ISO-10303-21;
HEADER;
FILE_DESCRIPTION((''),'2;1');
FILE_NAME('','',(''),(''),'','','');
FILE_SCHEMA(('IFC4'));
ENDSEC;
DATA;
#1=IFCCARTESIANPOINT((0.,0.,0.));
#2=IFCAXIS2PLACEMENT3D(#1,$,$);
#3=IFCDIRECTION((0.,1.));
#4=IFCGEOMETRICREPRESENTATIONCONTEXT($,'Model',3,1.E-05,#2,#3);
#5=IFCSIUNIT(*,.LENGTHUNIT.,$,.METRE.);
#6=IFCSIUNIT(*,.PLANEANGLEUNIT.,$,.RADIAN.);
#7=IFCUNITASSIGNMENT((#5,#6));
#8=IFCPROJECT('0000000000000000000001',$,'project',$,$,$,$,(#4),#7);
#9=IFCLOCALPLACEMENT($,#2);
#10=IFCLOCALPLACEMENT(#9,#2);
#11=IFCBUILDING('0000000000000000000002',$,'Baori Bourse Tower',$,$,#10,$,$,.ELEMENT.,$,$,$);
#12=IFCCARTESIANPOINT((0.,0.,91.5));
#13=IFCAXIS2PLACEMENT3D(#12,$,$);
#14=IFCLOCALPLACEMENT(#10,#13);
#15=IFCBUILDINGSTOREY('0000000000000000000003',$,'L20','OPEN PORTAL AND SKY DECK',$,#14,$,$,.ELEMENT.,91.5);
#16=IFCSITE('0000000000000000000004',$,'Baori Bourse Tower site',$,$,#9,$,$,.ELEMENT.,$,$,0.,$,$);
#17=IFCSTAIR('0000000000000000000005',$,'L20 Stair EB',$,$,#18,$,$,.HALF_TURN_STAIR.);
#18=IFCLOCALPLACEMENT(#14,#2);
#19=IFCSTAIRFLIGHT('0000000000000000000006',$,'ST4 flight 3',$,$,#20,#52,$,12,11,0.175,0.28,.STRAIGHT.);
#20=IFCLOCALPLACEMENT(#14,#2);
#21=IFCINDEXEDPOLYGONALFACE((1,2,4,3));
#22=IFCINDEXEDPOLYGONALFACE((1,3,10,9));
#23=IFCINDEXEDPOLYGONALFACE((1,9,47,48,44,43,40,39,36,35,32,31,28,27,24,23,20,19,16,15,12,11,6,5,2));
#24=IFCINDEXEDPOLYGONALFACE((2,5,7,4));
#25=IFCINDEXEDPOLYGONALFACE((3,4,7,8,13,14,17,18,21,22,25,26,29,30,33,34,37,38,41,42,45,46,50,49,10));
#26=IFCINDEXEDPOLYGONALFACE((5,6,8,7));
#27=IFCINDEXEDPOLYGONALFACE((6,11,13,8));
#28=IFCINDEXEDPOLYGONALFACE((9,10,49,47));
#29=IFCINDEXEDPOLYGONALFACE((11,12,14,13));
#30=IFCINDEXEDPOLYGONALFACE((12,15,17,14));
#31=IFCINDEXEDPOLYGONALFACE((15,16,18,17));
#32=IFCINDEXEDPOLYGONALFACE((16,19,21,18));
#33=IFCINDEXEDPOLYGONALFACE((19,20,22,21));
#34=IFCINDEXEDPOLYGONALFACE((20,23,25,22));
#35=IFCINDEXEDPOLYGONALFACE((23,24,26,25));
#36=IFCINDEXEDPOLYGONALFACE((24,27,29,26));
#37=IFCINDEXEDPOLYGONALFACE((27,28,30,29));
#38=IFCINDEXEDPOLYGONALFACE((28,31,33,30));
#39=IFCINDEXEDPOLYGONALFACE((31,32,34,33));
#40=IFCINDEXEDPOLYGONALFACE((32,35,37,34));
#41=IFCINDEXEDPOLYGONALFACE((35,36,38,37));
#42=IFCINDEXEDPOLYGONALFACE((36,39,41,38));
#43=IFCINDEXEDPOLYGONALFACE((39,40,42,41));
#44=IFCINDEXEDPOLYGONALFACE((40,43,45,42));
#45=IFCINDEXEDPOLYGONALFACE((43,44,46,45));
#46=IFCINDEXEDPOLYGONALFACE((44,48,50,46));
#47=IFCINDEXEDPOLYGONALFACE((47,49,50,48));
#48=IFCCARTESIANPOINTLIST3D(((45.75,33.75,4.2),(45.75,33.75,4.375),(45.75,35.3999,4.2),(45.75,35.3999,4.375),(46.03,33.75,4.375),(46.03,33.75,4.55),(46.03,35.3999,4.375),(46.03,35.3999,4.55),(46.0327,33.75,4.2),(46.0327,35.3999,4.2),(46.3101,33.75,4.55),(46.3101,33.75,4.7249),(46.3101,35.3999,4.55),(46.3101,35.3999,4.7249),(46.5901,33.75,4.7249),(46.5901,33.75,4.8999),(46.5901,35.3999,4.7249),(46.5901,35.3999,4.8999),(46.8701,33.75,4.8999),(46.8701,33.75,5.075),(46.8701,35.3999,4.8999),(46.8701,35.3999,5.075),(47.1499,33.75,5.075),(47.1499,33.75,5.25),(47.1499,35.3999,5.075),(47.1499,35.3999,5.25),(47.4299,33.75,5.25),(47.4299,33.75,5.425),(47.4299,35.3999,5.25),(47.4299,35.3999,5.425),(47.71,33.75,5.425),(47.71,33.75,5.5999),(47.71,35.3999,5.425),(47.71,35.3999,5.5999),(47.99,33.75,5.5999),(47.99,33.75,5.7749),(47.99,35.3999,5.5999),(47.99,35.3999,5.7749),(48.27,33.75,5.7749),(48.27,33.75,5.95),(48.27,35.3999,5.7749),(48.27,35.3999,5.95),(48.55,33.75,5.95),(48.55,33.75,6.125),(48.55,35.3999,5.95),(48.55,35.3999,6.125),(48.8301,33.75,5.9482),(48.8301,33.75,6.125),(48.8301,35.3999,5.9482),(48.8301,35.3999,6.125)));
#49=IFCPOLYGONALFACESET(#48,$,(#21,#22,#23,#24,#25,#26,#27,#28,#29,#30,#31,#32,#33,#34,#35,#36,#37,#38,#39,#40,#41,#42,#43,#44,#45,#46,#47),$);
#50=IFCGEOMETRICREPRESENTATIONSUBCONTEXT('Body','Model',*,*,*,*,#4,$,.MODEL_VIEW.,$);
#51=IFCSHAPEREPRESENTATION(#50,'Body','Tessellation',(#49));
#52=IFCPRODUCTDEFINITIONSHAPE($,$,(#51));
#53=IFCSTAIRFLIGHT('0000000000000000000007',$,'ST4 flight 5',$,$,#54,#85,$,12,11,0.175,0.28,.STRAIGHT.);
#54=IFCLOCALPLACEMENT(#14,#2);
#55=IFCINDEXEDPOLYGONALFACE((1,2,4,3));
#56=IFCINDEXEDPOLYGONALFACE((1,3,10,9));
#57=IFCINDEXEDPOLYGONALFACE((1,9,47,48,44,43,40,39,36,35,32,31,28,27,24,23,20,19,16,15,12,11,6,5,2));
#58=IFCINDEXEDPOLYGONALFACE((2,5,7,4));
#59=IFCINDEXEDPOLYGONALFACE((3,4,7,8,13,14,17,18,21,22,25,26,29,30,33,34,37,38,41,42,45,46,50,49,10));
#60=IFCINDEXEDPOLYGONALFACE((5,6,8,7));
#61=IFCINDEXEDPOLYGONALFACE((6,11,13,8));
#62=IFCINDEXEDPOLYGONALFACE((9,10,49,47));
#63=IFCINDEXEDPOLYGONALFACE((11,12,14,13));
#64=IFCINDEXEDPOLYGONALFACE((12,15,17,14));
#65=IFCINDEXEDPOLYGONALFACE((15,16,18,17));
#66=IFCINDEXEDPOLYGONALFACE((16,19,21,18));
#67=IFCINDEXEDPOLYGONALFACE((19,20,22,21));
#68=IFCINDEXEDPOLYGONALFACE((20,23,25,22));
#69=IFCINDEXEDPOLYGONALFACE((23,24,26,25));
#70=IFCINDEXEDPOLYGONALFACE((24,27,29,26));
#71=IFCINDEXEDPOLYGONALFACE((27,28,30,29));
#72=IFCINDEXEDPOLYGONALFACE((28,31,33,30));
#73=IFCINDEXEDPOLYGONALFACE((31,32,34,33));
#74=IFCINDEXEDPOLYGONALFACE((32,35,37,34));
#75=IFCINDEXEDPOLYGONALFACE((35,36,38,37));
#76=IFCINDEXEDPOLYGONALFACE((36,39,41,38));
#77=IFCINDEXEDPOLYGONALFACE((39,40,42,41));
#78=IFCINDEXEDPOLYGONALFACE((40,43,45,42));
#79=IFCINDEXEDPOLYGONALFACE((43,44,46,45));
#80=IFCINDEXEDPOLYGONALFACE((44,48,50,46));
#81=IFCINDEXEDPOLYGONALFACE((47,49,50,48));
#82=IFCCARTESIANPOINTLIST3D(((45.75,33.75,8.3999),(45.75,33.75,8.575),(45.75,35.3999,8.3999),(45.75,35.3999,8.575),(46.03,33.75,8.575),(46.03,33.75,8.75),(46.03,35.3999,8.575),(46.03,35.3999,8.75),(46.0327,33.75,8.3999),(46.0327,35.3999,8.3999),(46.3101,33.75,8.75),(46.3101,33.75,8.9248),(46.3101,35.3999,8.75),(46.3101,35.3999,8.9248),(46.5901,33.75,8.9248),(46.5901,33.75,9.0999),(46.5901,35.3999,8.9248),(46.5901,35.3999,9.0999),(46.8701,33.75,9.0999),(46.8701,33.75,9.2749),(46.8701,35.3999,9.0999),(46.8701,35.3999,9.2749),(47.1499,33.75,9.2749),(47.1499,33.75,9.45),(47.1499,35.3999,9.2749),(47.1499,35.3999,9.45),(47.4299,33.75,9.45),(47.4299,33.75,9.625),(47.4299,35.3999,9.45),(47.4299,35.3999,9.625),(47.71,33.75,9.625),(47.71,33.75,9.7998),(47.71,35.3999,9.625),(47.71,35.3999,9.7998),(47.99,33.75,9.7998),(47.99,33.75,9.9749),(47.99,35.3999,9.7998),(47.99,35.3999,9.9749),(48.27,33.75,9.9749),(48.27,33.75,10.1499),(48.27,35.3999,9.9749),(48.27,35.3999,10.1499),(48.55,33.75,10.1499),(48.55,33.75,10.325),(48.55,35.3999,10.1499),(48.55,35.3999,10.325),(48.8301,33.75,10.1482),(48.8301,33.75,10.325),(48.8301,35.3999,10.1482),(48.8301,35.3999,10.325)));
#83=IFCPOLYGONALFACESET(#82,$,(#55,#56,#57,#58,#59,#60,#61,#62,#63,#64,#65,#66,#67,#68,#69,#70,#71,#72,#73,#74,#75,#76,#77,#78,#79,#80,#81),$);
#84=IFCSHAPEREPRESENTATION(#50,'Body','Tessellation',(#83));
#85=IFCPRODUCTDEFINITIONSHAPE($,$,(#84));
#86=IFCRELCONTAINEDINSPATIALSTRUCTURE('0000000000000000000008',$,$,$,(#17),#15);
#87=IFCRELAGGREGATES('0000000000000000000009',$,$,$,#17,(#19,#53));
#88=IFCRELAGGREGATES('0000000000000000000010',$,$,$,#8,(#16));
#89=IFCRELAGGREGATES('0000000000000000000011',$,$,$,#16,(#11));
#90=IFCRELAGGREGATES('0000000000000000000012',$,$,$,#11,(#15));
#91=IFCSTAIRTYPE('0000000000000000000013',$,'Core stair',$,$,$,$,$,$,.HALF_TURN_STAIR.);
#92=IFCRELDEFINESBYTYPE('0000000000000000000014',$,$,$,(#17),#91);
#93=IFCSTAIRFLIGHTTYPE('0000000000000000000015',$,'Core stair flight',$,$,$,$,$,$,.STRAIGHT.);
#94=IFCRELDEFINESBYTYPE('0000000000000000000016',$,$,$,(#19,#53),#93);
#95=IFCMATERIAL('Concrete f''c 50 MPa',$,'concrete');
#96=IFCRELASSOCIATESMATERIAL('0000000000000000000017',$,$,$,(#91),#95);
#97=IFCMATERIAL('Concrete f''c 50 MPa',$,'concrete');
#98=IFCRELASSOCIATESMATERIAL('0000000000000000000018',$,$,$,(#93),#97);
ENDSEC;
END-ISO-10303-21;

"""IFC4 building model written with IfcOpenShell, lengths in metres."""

from ifc_helpers import new_model, si_unit, direction, frame, origin, place, context, subcontext, project, spatial, polyline, outline, extrude, material, type_object, element, aggregate, save


model = new_model("IFC4")

# Units and contexts
model_context = context("Model", 3, precision=1e-05, world=origin(), true_north=direction((0.0, 1.0)))
body_context = subcontext(model_context, "Body", "Model", "MODEL_VIEW")
ifc_project = project(units=[si_unit("LENGTHUNIT", "METRE"), si_unit("PLANEANGLEUNIT", "RADIAN")], contexts=[model_context])

# Site, building, storey
site_placement = place(None, origin())
site = spatial("IfcSite", under=ifc_project, at=site_placement, Name="Baori Bourse Tower site", CompositionType="ELEMENT", RefElevation=0.0)
building_placement = place(site_placement, origin())
building = spatial("IfcBuilding", under=site, at=building_placement, Name="Baori Bourse Tower", CompositionType="ELEMENT")
storey_placement = place(building_placement, frame((0.0, 0.0, 91.5)))
storey = spatial("IfcBuildingStorey", under=building, at=storey_placement, Name="L20", Description="OPEN PORTAL AND SKY DECK", CompositionType="ELEMENT", Elevation=91.5)

# Stair, stair flights
ifc_material_1 = material(Name="Concrete f'c 50 MPa", Category="concrete")
stair_type = type_object("IfcStairType", Name="Core stair", PredefinedType="HALF_TURN_STAIR", material=ifc_material_1)
stair_placement = place(storey_placement, origin())
stair = element("IfcStair", 1, at=stair_placement, inside=storey, type_object=stair_type, Name="L20 Stair EB", PredefinedType="HALF_TURN_STAIR")
ifc_material_2 = material(Name="Concrete f'c 50 MPa", Category="concrete")
stair_flight_type = type_object("IfcStairFlightType", Name="Core stair flight", PredefinedType="STRAIGHT", material=ifc_material_2)
stair_flight_1_placement = place(storey_placement, frame((45.75, 34.575, 4.2), z_axis=(0.0, 0.0, 1.0), x_axis=(1.0, 0.0, 0.0)))
stair_flight_1 = element("IfcStairFlight", 2, at=stair_flight_1_placement, type_object=stair_flight_type, Name="ST4 flight 3", NumberOfRisers=12, NumberOfTreads=11, PredefinedType="STRAIGHT", RiserHeight=0.175, TreadLength=0.28, context=body_context, shape_type="SweptSolid", body=[
    extrude(outline(polyline([(0.0, 0.0), (0.0, 0.175), (0.28, 0.175), (0.28, 0.3501), (0.5601, 0.3501), (0.5601, 0.5249), (0.8401, 0.5249), (0.8401, 0.7), (1.1201, 0.7), (1.1201, 0.875), (1.3999, 0.875), (1.3999, 1.05), (1.6799, 1.05), (1.6799, 1.2251), (1.96, 1.2251), (1.96, 1.3999), (2.24, 1.3999), (2.24, 1.575), (2.52, 1.575), (2.52, 1.75), (2.8, 1.75), (2.8, 1.925), (3.0801, 1.925), (3.0801, 2.1001), (3.0801, 1.7483), (0.2827, 0.0), (0.0, 0.0)])), frame((0.0, 0.825, 0.0), z_axis=(0.0, -1.0, 0.0), x_axis=(1.0, 0.0, 0.0)), (0.0, 0.0, 1.0), 1.6499),
])
stair_flight_2_placement = place(storey_placement, frame((45.75, 34.575, 8.3999), z_axis=(0.0, 0.0, 1.0), x_axis=(1.0, 0.0, 0.0)))
stair_flight_2 = element("IfcStairFlight", 3, at=stair_flight_2_placement, type_object=stair_flight_type, Name="ST4 flight 5", NumberOfRisers=12, NumberOfTreads=11, PredefinedType="STRAIGHT", RiserHeight=0.175, TreadLength=0.28, context=body_context, shape_type="SweptSolid", body=[
    extrude(outline(polyline([(0.0, 0.0), (0.0, 0.175), (0.28, 0.175), (0.28, 0.3501), (0.5601, 0.3501), (0.5601, 0.5249), (0.8401, 0.5249), (0.8401, 0.7), (1.1201, 0.7), (1.1201, 0.875), (1.3999, 0.875), (1.3999, 1.05), (1.6799, 1.05), (1.6799, 1.2251), (1.96, 1.2251), (1.96, 1.3999), (2.24, 1.3999), (2.24, 1.575), (2.52, 1.575), (2.52, 1.75), (2.8, 1.75), (2.8, 1.925), (3.0801, 1.925), (3.0801, 2.1001), (3.0801, 1.7483), (0.2827, 0.0), (0.0, 0.0)])), frame((0.0, 0.825, 0.0), z_axis=(0.0, -1.0, 0.0), x_axis=(1.0, 0.0, 0.0)), (0.0, 0.0, 1.0), 1.6499),
])
aggregate(stair, [stair_flight_1, stair_flight_2])

save(model, "model.ifc")
